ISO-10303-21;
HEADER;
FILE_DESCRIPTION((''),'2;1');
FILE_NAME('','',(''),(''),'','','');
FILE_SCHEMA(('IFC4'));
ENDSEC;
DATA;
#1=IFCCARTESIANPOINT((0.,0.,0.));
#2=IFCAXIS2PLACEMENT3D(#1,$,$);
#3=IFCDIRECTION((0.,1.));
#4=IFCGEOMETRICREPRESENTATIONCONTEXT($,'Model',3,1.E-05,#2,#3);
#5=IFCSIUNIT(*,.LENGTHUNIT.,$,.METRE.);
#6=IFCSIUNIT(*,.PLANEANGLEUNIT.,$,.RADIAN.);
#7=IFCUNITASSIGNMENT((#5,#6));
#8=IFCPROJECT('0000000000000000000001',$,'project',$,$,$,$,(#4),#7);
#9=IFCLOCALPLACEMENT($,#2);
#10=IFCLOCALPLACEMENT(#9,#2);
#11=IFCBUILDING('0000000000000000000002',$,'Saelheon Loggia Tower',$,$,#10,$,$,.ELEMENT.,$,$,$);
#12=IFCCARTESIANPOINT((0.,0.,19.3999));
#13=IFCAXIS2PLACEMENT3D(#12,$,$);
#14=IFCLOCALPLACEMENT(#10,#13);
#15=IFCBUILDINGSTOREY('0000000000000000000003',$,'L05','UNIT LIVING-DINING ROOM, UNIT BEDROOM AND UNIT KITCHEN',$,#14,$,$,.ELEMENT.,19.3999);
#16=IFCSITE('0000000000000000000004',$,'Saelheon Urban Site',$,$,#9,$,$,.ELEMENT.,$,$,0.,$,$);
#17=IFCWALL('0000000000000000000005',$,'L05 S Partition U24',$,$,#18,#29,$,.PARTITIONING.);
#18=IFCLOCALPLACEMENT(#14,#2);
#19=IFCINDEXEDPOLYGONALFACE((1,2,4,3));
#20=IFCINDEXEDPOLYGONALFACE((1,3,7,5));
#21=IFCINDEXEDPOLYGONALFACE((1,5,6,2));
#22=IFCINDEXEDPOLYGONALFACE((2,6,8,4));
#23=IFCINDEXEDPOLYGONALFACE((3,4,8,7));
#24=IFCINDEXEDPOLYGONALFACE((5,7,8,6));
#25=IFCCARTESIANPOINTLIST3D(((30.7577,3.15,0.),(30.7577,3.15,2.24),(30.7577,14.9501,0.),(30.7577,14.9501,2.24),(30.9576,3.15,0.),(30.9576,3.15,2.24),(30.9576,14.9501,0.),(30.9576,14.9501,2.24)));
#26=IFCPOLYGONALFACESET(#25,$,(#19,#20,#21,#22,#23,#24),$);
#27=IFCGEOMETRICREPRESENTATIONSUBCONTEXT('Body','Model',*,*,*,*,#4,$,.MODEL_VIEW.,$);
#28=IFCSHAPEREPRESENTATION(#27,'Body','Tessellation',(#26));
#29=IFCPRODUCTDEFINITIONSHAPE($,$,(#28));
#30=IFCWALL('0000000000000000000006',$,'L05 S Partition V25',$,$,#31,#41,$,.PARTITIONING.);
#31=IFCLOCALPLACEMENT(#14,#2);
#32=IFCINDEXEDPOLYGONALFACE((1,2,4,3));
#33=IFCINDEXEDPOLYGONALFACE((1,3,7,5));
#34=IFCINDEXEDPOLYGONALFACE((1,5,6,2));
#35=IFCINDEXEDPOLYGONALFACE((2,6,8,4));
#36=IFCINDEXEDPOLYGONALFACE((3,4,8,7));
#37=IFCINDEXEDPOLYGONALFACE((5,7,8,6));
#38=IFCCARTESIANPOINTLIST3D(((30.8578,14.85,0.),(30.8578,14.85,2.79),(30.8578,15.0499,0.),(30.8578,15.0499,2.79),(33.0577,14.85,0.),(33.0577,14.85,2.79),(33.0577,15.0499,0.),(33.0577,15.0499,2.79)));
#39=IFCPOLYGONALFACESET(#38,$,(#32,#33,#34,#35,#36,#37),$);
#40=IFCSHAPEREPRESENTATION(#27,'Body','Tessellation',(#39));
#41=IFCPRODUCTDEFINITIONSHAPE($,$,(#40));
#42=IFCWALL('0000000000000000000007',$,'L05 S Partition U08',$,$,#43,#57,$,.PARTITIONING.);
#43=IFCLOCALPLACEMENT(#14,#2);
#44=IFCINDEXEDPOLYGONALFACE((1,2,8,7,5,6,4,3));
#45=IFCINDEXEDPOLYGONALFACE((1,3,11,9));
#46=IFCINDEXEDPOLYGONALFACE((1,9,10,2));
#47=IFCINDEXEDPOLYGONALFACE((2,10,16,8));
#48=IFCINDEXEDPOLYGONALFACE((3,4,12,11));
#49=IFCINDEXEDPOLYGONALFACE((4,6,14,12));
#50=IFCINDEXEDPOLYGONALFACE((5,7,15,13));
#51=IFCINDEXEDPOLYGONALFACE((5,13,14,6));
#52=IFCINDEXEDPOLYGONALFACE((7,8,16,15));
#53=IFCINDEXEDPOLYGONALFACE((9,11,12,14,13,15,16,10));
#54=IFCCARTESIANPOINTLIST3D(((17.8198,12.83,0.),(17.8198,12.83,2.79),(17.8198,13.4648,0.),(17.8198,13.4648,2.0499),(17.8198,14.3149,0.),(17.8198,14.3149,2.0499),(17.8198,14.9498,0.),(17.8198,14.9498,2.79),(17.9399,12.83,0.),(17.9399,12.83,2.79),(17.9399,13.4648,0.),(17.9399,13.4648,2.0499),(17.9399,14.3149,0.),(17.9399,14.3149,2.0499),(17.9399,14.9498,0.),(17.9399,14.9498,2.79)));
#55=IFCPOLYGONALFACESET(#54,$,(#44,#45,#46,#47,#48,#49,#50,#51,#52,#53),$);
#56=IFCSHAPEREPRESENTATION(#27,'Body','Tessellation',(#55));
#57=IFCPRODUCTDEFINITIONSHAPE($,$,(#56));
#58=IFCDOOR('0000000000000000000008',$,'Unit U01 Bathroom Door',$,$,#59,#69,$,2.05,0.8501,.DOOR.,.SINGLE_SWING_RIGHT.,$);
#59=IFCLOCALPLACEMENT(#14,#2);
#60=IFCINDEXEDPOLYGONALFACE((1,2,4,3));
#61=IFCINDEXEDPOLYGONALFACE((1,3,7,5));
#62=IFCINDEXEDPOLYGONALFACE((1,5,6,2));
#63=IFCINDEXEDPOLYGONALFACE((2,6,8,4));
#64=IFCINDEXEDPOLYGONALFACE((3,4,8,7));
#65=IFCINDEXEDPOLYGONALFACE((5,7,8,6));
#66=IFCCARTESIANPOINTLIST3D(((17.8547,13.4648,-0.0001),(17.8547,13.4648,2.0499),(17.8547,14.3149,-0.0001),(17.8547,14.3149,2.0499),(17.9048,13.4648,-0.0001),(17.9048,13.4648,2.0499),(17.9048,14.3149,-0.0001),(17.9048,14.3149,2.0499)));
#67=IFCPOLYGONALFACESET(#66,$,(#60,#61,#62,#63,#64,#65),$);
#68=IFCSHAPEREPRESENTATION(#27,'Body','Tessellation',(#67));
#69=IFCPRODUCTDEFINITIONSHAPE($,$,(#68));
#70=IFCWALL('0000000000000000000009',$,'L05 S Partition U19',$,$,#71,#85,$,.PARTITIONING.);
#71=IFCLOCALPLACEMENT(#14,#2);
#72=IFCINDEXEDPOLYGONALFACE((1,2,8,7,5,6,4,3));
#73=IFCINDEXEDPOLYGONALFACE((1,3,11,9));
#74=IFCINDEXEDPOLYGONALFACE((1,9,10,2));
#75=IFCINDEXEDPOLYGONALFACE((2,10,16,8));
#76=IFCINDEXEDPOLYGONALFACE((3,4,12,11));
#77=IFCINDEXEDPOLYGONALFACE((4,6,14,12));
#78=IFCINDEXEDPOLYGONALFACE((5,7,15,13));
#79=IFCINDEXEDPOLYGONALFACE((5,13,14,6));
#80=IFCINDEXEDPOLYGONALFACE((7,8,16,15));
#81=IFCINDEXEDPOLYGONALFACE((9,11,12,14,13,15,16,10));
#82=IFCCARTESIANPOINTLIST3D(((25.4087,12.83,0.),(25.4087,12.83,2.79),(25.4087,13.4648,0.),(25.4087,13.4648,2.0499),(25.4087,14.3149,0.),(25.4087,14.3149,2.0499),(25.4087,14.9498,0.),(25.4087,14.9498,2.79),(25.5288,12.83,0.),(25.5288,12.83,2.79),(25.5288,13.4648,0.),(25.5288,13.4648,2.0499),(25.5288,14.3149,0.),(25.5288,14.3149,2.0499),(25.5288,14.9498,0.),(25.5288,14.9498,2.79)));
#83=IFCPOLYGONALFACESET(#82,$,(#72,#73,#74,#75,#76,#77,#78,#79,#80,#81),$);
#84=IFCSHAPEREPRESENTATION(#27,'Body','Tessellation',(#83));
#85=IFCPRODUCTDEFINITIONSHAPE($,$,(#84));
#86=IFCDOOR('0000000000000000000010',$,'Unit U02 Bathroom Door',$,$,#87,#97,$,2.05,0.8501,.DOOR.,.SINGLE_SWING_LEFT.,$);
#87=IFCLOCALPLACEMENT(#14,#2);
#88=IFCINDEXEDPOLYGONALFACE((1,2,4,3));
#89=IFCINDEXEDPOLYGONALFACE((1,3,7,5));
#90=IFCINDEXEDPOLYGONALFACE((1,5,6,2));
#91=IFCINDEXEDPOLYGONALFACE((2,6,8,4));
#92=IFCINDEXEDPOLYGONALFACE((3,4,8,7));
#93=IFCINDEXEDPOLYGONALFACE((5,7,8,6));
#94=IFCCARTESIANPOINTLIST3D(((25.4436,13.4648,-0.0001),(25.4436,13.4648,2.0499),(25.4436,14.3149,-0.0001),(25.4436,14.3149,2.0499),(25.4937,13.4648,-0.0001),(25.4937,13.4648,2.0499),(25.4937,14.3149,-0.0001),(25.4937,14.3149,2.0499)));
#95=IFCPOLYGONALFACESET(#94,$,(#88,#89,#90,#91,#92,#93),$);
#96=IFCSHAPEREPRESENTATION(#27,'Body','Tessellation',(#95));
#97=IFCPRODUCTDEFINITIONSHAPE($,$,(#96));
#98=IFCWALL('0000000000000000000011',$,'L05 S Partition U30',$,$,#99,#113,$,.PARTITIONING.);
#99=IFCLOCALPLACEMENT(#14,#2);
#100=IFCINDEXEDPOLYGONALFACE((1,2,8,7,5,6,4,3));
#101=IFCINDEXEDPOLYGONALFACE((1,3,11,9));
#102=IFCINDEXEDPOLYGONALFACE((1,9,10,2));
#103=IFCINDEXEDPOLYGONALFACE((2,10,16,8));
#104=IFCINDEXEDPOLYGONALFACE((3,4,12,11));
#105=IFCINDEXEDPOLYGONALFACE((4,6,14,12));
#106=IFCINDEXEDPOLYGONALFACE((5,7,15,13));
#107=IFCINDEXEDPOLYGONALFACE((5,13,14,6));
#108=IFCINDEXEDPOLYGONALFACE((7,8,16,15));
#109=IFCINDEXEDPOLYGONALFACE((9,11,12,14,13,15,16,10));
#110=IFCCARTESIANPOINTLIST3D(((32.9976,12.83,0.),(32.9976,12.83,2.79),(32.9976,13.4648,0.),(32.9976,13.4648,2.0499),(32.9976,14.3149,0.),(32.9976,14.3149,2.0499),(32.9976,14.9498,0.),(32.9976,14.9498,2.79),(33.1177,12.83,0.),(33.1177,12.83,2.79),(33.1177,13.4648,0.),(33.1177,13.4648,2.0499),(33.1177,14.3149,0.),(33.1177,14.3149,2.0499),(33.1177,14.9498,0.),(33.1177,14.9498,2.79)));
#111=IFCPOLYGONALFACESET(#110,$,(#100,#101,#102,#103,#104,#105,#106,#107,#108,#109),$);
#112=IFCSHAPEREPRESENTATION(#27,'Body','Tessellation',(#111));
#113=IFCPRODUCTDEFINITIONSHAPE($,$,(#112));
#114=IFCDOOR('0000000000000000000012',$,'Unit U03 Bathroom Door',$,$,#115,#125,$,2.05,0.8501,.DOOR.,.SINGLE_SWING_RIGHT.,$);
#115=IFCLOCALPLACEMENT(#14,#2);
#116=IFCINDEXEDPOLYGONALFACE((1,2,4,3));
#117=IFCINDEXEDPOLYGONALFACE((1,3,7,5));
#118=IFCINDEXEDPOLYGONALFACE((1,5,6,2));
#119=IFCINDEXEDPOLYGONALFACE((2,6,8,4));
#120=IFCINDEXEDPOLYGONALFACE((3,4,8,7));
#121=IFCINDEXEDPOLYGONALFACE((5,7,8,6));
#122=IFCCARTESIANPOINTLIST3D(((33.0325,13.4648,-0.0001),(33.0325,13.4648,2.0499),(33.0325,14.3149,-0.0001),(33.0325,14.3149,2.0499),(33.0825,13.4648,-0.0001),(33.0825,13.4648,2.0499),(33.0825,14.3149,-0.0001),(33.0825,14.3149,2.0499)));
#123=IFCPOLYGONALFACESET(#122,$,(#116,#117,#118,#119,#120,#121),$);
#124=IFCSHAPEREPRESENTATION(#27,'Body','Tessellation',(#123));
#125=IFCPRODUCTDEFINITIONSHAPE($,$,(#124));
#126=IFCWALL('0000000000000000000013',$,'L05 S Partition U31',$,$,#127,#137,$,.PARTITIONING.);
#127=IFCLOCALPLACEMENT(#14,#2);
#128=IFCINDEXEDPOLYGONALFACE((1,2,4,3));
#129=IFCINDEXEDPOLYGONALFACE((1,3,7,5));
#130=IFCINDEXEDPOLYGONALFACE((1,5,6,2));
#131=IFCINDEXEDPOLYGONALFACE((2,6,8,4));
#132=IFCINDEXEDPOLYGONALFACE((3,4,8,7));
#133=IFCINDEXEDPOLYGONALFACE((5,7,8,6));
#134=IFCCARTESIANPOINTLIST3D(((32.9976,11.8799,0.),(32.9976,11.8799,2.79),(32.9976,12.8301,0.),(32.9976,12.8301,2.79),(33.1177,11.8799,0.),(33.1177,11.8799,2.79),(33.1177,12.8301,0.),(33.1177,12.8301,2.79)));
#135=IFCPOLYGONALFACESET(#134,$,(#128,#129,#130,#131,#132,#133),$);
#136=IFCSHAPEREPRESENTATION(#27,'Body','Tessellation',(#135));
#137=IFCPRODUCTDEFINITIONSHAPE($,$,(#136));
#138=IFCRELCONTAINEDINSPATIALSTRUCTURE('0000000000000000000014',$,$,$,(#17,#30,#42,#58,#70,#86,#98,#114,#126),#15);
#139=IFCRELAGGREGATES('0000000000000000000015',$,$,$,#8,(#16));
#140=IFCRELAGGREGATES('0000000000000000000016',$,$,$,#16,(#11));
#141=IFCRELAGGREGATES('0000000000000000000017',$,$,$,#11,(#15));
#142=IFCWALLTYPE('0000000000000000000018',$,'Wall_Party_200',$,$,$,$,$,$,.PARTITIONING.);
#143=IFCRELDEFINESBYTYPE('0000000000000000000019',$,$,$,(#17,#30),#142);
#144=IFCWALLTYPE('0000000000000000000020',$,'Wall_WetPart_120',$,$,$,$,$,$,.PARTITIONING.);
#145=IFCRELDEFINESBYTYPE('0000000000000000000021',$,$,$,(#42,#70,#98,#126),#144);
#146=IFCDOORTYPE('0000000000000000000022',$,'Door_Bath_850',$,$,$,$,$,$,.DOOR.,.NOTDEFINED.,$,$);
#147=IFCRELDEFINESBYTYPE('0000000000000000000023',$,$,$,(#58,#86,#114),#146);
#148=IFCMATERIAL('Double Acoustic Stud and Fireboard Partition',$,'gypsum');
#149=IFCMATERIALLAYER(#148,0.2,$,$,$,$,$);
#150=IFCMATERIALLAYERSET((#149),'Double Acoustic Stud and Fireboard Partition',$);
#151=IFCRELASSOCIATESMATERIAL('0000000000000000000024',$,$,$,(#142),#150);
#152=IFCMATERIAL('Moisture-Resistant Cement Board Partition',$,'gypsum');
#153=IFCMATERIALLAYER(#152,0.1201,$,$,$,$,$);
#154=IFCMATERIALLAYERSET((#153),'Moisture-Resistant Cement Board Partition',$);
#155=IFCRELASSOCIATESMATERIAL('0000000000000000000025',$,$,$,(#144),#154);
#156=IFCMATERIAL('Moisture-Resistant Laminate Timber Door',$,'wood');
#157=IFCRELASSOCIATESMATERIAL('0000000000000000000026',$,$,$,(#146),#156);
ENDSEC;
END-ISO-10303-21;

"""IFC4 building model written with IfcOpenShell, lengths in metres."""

from ifc_helpers import new_model, si_unit, direction, frame, frame_2d, origin, place, context, subcontext, project, spatial, rectangle, extrude, source, transform, mapped, material, layer, layer_set, type_object, element, fill, save


model = new_model("IFC4")

# Units and contexts
model_context = context("Model", 3, precision=1e-05, world=origin(), true_north=direction((0.0, 1.0)))
body_context = subcontext(model_context, "Body", "Model", "MODEL_VIEW")
ifc_project = project(units=[si_unit("LENGTHUNIT", "METRE"), si_unit("PLANEANGLEUNIT", "RADIAN")], contexts=[model_context])

# Site, building, storey
site_placement = place(None, origin())
site = spatial("IfcSite", under=ifc_project, at=site_placement, Name="Saelheon Urban Site", CompositionType="ELEMENT", RefElevation=0.0)
building_placement = place(site_placement, origin())
building = spatial("IfcBuilding", under=site, at=building_placement, Name="Saelheon Loggia Tower", CompositionType="ELEMENT")
storey_placement = place(building_placement, frame((0.0, 0.0, 19.3999)))
storey = spatial("IfcBuildingStorey", under=building, at=storey_placement, Name="L05", Description="UNIT LIVING-DINING ROOM, UNIT BEDROOM AND UNIT KITCHEN", CompositionType="ELEMENT", Elevation=19.3999)

# Shared definitions
ifc_material_1 = material(Name="Double Acoustic Stud and Fireboard Partition", Category="gypsum")
ifc_layer_1 = layer(ifc_material_1, 0.2)
ifc_layer_set_1 = layer_set([ifc_layer_1], Name="Double Acoustic Stud and Fireboard Partition")
wall_type_1 = type_object("IfcWallType", Name="Wall_Party_200", PredefinedType="PARTITIONING", material=ifc_layer_set_1)

# Walls
wall_1_placement = place(storey_placement, frame((30.8577, 14.95, 0.0), z_axis=(0.0, 0.0, 1.0), x_axis=(0.0, -1.0, 0.0)))
element("IfcWall", 1, at=wall_1_placement, inside=storey, type_object=wall_type_1, Name="L05 S Partition U24", PredefinedType="PARTITIONING", context=body_context, shape_type="SweptSolid", body=[
    extrude(rectangle(XDim=11.8, YDim=0.2, at=frame_2d((5.8999, 0.0))), origin(), (0.0, 0.0, 1.0), 2.24),
])
wall_2_placement = place(storey_placement, frame((30.8577, 14.95, 0.0), z_axis=(0.0, 0.0, 1.0), x_axis=(1.0, 0.0, 0.0)))
element("IfcWall", 2, at=wall_2_placement, inside=storey, type_object=wall_type_1, Name="L05 S Partition V25", PredefinedType="PARTITIONING", context=body_context, shape_type="SweptSolid", body=[
    extrude(rectangle(XDim=2.2, YDim=0.2, at=frame_2d((1.1001, 0.0))), origin(), (0.0, 0.0, 1.0), 2.79),
])

# Walls, openings, doors
ifc_material_2 = material(Name="Moisture-Resistant Cement Board Partition", Category="gypsum")
ifc_layer_2 = layer(ifc_material_2, 0.1201)
ifc_layer_set_2 = layer_set([ifc_layer_2], Name="Moisture-Resistant Cement Board Partition")
wall_type_2 = type_object("IfcWallType", Name="Wall_WetPart_120", PredefinedType="PARTITIONING", material=ifc_layer_set_2)
wall_3_placement = place(storey_placement, frame((17.8799, 14.95, 0.0), z_axis=(0.0, 0.0, 1.0), x_axis=(0.0, -1.0, 0.0)))
wall_3 = element("IfcWall", 3, at=wall_3_placement, inside=storey, type_object=wall_type_2, Name="L05 S Partition U08", PredefinedType="PARTITIONING", context=body_context, shape_type="SweptSolid", body=[
    extrude(rectangle(XDim=2.1199, YDim=0.1201, at=frame_2d((1.0601, 0.0))), origin(), (0.0, 0.0, 1.0), 2.79),
])
opening_1_placement = place(wall_3_placement, frame((0.635, 0.0, 0.0)))
opening_1 = element("IfcOpeningElement", 4, at=opening_1_placement, cuts=wall_3, PredefinedType="OPENING", context=body_context, shape_type="SweptSolid", body=[
    extrude(rectangle(XDim=0.8501, YDim=2.05, at=frame_2d((0.425, 1.0249))), frame((0.0, 0.072, 0.0), z_axis=(0.0, -1.0, 0.0), x_axis=(1.0, 0.0, 0.0)), (0.0, 0.0, 1.0), 0.144),
])
ifc_material_3 = material(Name="Moisture-Resistant Laminate Timber Door", Category="wood")
door_type_1 = type_object("IfcDoorType", Name="Door_Bath_850", OperationType="NOTDEFINED", PredefinedType="DOOR", material=ifc_material_3)
shared_shape_1 = source(origin(), body_context, "Body", "SweptSolid", [
    extrude(rectangle(XDim=0.8501, YDim=2.05, at=frame_2d((0.425, 1.0249))), frame((0.0, 0.0249, 0.0), z_axis=(0.0, -1.0, 0.0), x_axis=(1.0, 0.0, 0.0)), (0.0, 0.0, 1.0), 0.05),
])
door_1_placement = place(opening_1_placement, origin())
door_1 = element("IfcDoor", 5, at=door_1_placement, inside=storey, type_object=door_type_1, Name="Unit U01 Bathroom Door", OperationType="SINGLE_SWING_RIGHT", OverallHeight=2.05, OverallWidth=0.8501, PredefinedType="DOOR", context=body_context, shape_type="MappedRepresentation", body=[
    mapped(shared_shape_1, transform((0.0, 0.0, 0.0), scale=1.0)),
])
fill(opening_1, door_1)
wall_4_placement = place(storey_placement, frame((25.4688, 14.95, 0.0), z_axis=(0.0, 0.0, 1.0), x_axis=(0.0, -1.0, 0.0)))
wall_4 = element("IfcWall", 6, at=wall_4_placement, inside=storey, type_object=wall_type_2, Name="L05 S Partition U19", PredefinedType="PARTITIONING", context=body_context, shape_type="SweptSolid", body=[
    extrude(rectangle(XDim=2.1199, YDim=0.1201, at=frame_2d((1.0601, 0.0))), origin(), (0.0, 0.0, 1.0), 2.79),
])
opening_2_placement = place(wall_4_placement, frame((0.635, 0.0, 0.0)))
opening_2 = element("IfcOpeningElement", 7, at=opening_2_placement, cuts=wall_4, PredefinedType="OPENING", context=body_context, shape_type="SweptSolid", body=[
    extrude(rectangle(XDim=0.8501, YDim=2.05, at=frame_2d((0.425, 1.0249))), frame((0.0, 0.072, 0.0), z_axis=(0.0, -1.0, 0.0), x_axis=(1.0, 0.0, 0.0)), (0.0, 0.0, 1.0), 0.144),
])
door_2_placement = place(opening_2_placement, origin())
door_2 = element("IfcDoor", 8, at=door_2_placement, inside=storey, type_object=door_type_1, Name="Unit U02 Bathroom Door", OperationType="SINGLE_SWING_LEFT", OverallHeight=2.05, OverallWidth=0.8501, PredefinedType="DOOR", context=body_context, shape_type="MappedRepresentation", body=[
    mapped(shared_shape_1, transform((0.0, 0.0, 0.0), scale=1.0)),
])
fill(opening_2, door_2)
wall_5_placement = place(storey_placement, frame((33.0576, 14.95, 0.0), z_axis=(0.0, 0.0, 1.0), x_axis=(0.0, -1.0, 0.0)))
wall_5 = element("IfcWall", 9, at=wall_5_placement, inside=storey, type_object=wall_type_2, Name="L05 S Partition U30", PredefinedType="PARTITIONING", context=body_context, shape_type="SweptSolid", body=[
    extrude(rectangle(XDim=2.1199, YDim=0.1201, at=frame_2d((1.0601, 0.0))), origin(), (0.0, 0.0, 1.0), 2.79),
])
opening_3_placement = place(wall_5_placement, frame((0.635, 0.0, 0.0)))
opening_3 = element("IfcOpeningElement", 10, at=opening_3_placement, cuts=wall_5, PredefinedType="OPENING", context=body_context, shape_type="SweptSolid", body=[
    extrude(rectangle(XDim=0.8501, YDim=2.05, at=frame_2d((0.425, 1.0249))), frame((0.0, 0.072, 0.0), z_axis=(0.0, -1.0, 0.0), x_axis=(1.0, 0.0, 0.0)), (0.0, 0.0, 1.0), 0.144),
])
door_3_placement = place(opening_3_placement, origin())
door_3 = element("IfcDoor", 11, at=door_3_placement, inside=storey, type_object=door_type_1, Name="Unit U03 Bathroom Door", OperationType="SINGLE_SWING_RIGHT", OverallHeight=2.05, OverallWidth=0.8501, PredefinedType="DOOR", context=body_context, shape_type="MappedRepresentation", body=[
    mapped(shared_shape_1, transform((0.0, 0.0, 0.0), scale=1.0)),
])
fill(opening_3, door_3)

# Wall
wall_6_placement = place(storey_placement, frame((33.0576, 12.8301, 0.0), z_axis=(0.0, 0.0, 1.0), x_axis=(0.0, -1.0, 0.0)))
element("IfcWall", 12, at=wall_6_placement, inside=storey, type_object=wall_type_2, Name="L05 S Partition U31", PredefinedType="PARTITIONING", context=body_context, shape_type="SweptSolid", body=[
    extrude(rectangle(XDim=0.9502, YDim=0.1201, at=frame_2d((0.4751, 0.0))), origin(), (0.0, 0.0, 1.0), 2.79),
])

save(model, "model.ifc")
